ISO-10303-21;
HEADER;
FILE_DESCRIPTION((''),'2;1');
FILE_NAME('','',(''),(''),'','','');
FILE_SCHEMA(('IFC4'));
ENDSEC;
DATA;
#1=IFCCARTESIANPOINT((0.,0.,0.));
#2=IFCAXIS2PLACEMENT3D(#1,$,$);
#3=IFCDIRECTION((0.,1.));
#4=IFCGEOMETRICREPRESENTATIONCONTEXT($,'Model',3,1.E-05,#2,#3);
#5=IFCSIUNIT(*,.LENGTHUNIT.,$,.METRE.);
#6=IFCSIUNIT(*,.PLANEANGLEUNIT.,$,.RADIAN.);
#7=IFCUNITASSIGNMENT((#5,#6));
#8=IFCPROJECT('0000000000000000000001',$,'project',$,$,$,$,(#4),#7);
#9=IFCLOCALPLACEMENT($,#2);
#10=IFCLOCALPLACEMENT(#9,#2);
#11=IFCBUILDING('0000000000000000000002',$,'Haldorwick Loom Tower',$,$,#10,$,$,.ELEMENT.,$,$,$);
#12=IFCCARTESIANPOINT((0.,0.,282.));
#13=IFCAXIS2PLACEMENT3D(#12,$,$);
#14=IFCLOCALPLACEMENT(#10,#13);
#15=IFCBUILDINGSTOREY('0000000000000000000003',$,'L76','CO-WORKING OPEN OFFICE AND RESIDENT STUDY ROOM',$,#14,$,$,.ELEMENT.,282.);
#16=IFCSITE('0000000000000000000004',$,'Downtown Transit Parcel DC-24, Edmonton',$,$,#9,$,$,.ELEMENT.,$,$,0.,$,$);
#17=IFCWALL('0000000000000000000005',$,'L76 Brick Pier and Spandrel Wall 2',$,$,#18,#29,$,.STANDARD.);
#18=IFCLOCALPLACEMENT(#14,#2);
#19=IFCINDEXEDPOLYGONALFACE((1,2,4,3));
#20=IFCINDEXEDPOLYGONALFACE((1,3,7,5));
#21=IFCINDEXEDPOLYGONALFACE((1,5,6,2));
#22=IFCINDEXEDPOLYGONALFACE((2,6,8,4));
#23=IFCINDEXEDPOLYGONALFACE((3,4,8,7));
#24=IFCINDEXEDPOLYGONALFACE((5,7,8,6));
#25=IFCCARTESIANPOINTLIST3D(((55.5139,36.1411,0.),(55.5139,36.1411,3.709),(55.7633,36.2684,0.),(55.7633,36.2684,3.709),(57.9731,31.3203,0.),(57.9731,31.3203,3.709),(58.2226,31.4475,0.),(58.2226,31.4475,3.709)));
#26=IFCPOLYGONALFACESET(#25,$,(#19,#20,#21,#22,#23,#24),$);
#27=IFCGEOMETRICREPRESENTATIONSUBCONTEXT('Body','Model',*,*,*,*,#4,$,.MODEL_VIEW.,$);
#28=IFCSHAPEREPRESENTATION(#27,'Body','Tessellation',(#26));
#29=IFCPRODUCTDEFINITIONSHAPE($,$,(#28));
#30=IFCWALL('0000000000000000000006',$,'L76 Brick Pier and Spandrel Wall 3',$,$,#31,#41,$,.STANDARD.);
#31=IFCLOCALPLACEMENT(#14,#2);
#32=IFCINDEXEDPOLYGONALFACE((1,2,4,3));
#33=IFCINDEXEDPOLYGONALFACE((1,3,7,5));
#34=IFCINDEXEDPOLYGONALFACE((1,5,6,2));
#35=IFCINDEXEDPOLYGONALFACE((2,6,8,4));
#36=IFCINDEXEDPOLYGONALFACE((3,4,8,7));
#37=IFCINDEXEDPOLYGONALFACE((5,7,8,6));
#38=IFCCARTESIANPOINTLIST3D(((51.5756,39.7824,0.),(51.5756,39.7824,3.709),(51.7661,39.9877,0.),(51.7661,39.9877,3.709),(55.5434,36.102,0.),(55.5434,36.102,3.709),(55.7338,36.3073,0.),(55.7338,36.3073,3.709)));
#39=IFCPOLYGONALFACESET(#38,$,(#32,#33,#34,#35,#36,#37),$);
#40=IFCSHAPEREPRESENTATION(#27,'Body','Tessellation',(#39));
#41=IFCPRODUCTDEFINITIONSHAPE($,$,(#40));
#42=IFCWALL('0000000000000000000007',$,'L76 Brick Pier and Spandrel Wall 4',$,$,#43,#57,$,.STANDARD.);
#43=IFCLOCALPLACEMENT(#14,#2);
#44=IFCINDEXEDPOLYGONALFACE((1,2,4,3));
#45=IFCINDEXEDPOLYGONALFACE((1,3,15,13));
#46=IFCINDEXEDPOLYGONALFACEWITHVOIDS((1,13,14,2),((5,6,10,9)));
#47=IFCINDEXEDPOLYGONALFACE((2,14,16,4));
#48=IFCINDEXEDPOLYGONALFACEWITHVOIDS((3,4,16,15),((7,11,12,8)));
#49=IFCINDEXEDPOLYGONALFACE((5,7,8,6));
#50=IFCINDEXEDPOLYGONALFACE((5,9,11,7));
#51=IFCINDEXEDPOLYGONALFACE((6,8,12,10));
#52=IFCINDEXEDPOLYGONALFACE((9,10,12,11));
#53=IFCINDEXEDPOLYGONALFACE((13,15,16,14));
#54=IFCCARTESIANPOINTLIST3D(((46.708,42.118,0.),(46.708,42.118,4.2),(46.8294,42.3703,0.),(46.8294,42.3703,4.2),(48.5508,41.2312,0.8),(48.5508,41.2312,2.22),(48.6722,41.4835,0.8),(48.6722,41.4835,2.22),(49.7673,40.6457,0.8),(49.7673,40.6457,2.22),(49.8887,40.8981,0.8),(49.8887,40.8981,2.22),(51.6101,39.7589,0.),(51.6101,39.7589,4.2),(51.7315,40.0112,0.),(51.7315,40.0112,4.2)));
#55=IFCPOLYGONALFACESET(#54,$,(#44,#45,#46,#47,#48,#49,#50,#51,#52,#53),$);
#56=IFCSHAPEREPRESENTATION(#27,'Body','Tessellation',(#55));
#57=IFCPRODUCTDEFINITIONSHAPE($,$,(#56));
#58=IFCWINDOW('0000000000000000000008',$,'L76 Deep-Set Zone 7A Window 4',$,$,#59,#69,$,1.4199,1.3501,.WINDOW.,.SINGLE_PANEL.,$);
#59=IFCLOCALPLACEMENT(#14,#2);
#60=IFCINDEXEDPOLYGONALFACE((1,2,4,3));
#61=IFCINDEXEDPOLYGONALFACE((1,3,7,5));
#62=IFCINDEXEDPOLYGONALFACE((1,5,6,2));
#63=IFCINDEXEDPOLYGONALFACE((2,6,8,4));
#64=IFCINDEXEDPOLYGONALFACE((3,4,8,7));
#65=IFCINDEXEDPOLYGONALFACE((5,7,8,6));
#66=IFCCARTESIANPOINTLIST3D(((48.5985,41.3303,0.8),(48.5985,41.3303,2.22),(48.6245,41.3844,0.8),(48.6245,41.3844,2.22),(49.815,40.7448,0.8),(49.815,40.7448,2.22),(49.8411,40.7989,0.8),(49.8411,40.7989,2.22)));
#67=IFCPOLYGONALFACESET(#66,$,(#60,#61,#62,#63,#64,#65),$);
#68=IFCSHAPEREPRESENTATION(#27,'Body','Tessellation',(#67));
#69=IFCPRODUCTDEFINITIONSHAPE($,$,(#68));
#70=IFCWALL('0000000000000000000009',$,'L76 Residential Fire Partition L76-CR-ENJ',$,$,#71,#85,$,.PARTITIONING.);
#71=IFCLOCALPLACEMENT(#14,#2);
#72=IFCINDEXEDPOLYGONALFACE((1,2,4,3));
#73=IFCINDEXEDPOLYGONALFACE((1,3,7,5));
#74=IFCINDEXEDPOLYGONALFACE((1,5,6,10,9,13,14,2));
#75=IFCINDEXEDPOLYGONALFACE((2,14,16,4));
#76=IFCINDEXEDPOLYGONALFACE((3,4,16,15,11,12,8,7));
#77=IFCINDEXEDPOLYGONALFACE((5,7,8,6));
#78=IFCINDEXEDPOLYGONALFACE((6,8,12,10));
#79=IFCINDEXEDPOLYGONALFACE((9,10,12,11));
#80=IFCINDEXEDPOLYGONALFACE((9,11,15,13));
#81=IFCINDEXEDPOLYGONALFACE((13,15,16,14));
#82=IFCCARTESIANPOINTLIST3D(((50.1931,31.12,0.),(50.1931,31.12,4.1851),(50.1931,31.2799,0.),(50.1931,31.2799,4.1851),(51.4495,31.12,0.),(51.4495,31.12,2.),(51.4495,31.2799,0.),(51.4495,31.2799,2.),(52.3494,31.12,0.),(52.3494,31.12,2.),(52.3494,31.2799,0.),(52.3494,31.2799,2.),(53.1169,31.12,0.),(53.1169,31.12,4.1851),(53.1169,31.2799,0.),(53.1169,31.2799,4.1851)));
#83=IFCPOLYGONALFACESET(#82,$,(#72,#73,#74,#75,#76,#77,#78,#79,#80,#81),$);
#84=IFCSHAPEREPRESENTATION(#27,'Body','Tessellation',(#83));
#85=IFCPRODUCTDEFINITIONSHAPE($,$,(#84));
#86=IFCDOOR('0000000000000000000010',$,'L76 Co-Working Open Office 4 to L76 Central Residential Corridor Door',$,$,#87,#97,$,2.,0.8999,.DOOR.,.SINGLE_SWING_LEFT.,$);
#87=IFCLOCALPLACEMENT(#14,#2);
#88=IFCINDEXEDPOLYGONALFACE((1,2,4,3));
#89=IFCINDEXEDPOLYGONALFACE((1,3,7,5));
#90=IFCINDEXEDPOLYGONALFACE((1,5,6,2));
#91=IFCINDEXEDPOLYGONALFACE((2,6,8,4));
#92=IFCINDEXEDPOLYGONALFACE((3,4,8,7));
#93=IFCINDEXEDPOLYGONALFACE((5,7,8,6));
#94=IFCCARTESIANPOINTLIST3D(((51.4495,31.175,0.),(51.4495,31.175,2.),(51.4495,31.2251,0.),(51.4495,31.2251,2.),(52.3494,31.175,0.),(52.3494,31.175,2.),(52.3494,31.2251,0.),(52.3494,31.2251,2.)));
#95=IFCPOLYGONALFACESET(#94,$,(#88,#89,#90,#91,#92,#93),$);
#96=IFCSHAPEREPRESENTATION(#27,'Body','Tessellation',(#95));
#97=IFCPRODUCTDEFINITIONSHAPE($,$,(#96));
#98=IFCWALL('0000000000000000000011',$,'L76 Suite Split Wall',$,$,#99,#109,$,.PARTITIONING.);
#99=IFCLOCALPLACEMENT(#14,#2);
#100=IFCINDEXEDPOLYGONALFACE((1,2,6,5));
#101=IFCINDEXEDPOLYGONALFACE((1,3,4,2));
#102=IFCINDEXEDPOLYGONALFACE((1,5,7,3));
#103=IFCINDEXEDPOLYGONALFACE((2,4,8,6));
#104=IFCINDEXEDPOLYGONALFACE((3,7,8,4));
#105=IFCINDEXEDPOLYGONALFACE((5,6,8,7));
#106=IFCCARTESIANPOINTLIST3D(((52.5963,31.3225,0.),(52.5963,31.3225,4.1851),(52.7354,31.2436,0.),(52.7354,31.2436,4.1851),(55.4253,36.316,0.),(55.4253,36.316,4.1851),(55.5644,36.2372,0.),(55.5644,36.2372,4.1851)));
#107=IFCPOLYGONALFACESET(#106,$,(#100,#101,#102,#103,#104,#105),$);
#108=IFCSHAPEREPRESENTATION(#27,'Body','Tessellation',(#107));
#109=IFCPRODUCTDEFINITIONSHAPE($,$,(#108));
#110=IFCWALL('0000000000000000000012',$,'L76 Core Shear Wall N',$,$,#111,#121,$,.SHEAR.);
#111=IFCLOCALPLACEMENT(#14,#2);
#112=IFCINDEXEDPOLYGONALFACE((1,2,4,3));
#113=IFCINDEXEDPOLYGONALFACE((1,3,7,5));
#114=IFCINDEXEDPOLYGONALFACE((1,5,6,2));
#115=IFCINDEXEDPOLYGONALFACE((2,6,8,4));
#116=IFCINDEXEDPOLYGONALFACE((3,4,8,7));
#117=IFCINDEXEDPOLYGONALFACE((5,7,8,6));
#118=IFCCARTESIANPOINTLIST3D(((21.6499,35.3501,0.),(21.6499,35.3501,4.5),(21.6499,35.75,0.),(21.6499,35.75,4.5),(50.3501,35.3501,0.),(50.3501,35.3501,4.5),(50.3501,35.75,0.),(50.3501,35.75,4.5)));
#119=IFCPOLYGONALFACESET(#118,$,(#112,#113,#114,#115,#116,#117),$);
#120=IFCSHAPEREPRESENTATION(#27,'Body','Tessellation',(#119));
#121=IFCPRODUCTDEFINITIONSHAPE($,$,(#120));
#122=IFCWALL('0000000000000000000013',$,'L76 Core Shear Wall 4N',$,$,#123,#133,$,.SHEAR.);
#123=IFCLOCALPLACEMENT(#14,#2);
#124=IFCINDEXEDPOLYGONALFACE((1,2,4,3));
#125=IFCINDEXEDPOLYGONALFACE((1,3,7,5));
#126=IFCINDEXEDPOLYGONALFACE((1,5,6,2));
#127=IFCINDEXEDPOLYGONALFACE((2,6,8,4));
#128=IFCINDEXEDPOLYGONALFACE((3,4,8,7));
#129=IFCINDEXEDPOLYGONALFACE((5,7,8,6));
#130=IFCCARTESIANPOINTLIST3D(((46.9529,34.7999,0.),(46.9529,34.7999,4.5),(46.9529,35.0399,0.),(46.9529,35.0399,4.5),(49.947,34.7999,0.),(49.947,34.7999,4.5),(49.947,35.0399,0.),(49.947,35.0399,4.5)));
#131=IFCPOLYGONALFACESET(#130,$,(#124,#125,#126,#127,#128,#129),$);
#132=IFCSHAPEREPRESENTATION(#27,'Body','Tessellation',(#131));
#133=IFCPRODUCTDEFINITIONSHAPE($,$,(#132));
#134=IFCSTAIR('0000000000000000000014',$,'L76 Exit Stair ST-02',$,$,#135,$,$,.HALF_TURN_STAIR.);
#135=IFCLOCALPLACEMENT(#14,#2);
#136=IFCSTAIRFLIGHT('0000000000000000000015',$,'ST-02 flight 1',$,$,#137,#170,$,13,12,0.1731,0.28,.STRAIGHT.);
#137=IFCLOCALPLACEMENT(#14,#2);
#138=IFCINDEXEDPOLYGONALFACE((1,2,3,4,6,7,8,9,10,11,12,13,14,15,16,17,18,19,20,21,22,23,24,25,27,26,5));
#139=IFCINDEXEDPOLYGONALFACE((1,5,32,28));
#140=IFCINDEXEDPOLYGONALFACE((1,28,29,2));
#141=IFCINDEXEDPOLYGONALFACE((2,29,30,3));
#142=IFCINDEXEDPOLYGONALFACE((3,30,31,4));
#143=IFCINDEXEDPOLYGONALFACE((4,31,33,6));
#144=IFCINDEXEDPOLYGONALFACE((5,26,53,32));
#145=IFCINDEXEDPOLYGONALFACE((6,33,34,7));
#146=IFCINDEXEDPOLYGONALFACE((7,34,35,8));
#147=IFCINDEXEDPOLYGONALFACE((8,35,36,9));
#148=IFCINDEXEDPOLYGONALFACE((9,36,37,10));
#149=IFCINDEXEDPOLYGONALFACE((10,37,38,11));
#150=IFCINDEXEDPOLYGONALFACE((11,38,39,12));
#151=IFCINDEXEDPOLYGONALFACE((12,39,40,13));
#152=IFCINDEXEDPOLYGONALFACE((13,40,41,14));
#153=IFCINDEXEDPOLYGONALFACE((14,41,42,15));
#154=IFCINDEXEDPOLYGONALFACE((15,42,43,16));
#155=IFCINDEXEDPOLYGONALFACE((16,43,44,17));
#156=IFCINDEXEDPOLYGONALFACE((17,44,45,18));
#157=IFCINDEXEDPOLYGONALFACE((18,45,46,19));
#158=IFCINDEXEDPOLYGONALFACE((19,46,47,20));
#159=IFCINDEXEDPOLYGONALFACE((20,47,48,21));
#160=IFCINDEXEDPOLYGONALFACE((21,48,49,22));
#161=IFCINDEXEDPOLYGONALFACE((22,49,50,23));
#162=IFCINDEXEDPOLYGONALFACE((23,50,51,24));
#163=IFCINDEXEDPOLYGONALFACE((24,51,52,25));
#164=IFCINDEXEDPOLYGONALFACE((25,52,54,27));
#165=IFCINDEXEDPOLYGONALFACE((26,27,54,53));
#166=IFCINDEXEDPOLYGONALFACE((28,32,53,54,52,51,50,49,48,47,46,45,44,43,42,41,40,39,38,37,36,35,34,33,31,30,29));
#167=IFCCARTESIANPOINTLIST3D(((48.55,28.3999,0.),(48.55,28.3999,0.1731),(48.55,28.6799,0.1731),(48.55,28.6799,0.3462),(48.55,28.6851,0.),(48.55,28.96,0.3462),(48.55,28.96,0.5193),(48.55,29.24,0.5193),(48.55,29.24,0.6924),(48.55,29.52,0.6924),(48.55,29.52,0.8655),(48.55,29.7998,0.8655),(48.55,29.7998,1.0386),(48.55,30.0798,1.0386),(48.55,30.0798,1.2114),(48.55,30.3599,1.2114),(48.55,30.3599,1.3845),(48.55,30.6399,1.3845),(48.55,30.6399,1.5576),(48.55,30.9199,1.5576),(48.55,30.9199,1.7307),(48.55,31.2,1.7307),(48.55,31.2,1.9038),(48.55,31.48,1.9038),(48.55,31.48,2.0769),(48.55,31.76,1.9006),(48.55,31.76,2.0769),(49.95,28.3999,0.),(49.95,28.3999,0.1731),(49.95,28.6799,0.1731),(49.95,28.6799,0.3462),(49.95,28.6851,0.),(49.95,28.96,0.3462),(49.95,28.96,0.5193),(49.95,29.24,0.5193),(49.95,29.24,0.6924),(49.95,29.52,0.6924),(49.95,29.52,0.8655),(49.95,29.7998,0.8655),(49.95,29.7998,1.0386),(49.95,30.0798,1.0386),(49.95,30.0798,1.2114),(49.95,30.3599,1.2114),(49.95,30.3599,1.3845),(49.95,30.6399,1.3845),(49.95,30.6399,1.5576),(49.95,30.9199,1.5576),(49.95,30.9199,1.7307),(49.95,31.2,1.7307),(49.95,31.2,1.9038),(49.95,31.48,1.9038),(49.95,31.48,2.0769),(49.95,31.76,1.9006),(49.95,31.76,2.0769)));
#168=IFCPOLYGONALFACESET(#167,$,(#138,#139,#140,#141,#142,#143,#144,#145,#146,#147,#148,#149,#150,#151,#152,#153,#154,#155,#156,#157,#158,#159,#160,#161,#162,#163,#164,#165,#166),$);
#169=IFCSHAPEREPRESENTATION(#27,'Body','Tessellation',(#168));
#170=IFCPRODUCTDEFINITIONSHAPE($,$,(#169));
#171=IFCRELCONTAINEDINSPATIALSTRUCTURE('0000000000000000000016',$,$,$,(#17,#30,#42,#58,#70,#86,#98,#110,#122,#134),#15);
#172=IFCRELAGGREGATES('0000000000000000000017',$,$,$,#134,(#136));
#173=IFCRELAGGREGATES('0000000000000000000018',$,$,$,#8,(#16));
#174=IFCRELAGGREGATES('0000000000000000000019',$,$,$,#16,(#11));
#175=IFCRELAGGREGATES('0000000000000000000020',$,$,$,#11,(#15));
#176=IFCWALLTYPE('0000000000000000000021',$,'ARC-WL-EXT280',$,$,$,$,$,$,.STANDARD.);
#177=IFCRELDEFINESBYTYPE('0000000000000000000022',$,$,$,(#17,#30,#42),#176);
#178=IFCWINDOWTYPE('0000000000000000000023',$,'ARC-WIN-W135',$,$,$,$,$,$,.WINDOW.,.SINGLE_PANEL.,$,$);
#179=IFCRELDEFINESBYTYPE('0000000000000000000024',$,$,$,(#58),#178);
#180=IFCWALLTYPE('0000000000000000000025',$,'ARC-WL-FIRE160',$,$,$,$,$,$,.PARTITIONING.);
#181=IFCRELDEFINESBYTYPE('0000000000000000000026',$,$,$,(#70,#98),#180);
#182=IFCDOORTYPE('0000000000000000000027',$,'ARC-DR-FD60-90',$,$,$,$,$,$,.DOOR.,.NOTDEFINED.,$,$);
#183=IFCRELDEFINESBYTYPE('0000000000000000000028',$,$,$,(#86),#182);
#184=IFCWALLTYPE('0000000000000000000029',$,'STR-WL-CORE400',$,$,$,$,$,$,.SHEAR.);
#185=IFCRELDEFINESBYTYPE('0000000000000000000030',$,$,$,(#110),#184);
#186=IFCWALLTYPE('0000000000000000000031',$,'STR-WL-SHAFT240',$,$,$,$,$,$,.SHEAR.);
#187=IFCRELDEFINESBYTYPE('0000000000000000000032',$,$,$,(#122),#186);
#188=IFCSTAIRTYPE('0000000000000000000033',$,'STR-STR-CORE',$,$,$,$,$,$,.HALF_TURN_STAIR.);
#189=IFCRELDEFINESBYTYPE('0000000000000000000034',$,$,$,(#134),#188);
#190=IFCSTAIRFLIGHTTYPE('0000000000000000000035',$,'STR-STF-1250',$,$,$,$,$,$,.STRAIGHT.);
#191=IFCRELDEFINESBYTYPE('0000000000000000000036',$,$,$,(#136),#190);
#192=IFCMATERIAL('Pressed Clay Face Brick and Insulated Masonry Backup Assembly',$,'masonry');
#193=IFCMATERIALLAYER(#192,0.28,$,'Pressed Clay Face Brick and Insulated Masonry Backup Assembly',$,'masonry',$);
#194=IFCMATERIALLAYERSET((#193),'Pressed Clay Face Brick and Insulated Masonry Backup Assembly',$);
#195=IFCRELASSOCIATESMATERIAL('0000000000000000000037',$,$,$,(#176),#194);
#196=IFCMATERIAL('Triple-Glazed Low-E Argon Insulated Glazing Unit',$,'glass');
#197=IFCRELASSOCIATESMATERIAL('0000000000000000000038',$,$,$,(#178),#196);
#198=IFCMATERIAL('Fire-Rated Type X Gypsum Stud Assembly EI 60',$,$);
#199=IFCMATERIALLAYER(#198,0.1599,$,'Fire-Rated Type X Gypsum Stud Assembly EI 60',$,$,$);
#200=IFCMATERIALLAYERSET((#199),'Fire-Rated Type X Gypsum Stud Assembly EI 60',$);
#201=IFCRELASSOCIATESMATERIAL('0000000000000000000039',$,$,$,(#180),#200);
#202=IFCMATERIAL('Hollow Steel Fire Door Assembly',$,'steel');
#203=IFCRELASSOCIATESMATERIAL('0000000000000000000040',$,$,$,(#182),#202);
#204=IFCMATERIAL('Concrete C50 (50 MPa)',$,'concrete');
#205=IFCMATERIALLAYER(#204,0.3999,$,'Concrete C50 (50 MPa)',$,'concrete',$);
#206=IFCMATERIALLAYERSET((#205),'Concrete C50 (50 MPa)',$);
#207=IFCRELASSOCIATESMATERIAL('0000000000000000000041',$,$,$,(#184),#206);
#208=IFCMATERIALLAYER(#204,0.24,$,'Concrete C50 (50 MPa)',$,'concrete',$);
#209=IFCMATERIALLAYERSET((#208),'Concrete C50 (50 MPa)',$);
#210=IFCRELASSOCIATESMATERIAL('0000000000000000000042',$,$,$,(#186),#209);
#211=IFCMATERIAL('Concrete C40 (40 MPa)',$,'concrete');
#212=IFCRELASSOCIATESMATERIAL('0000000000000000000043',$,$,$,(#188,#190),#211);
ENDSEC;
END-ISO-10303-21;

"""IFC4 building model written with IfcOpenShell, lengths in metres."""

from ifc_helpers import new_model, si_unit, direction, frame, frame_2d, origin, place, context, subcontext, project, spatial, polyline, rectangle, outline, extrude, material, layer, layer_set, type_object, element, fill, aggregate, save


model = new_model("IFC4")

# Units and contexts
model_context = context("Model", 3, precision=1e-05, world=origin(), true_north=direction((0.0, 1.0)))
body_context = subcontext(model_context, "Body", "Model", "MODEL_VIEW")
ifc_project = project(units=[si_unit("LENGTHUNIT", "METRE"), si_unit("PLANEANGLEUNIT", "RADIAN")], contexts=[model_context])

# Site, building, storey
site_placement = place(None, origin())
site = spatial("IfcSite", under=ifc_project, at=site_placement, Name="Downtown Transit Parcel DC-24, Edmonton", CompositionType="ELEMENT", RefElevation=0.0)
building_placement = place(site_placement, origin())
building = spatial("IfcBuilding", under=site, at=building_placement, Name="Haldorwick Loom Tower", CompositionType="ELEMENT")
storey_placement = place(building_placement, frame((0.0, 0.0, 282.0)))
storey = spatial("IfcBuildingStorey", under=building, at=storey_placement, Name="L76", Description="CO-WORKING OPEN OFFICE AND RESIDENT STUDY ROOM", CompositionType="ELEMENT", Elevation=282.0)

# Shared definitions
ifc_material_1 = material(Name="Concrete C50 (50 MPa)", Category="concrete")

# Walls
ifc_material_2 = material(Name="Pressed Clay Face Brick and Insulated Masonry Backup Assembly", Category="masonry")
ifc_layer_1 = layer(ifc_material_2, 0.28, Name="Pressed Clay Face Brick and Insulated Masonry Backup Assembly", Category="masonry")
ifc_layer_set_1 = layer_set([ifc_layer_1], Name="Pressed Clay Face Brick and Insulated Masonry Backup Assembly")
wall_type_1 = type_object("IfcWallType", Name="ARC-WL-EXT280", PredefinedType="STANDARD", material=ifc_layer_set_1)
for number, where, z_axis, x_axis, name in (
    (1, (58.0979, 31.3838, 0.0), (0.0, 0.0, 1.0), (-0.454417, 0.890789, 0.0), "L76 Brick Pier and Spandrel Wall 2"),
    (2, (55.6387, 36.2046, 0.0), (0.0, 0.0, 1.0), (-0.733157, 0.68006, 0.0), "L76 Brick Pier and Spandrel Wall 3"),
):
    element("IfcWall", number, at=place(storey_placement, frame(where, z_axis=z_axis, x_axis=x_axis)), inside=storey, type_object=wall_type_1, Name=name, PredefinedType="STANDARD", context=body_context, shape_type="SweptSolid", body=[
        extrude(rectangle(XDim=5.4119, YDim=0.28, at=frame_2d((2.7061, 0.0))), origin(), (0.0, 0.0, 1.0), 3.709),
    ])

# Wall, opening, window
wall_1_placement = place(storey_placement, frame((51.6709, 39.885, 0.0), z_axis=(0.0, 0.0, 1.0), x_axis=(-0.901084, 0.433646, 0.0)))
wall_1 = element("IfcWall", 3, at=wall_1_placement, inside=storey, type_object=wall_type_1, Name="L76 Brick Pier and Spandrel Wall 4", PredefinedType="STANDARD", context=body_context, shape_type="SweptSolid", body=[
    extrude(rectangle(XDim=5.4402, YDim=0.28, at=frame_2d((2.7202, 0.0))), origin(), (0.0, 0.0, 1.0), 4.2),
])
opening_1_placement = place(wall_1_placement, frame((2.0452, 0.0, 0.8)))
opening_1 = element("IfcOpeningElement", 4, at=opening_1_placement, cuts=wall_1, PredefinedType="OPENING", context=body_context, shape_type="SweptSolid", body=[
    extrude(rectangle(XDim=1.3501, YDim=1.4199, at=frame_2d((0.675, 0.71))), frame((0.0, 0.1499, 0.0), z_axis=(0.0, -1.0, 0.0), x_axis=(1.0, 0.0, 0.0)), (0.0, 0.0, 1.0), 0.3),
])
ifc_material_3 = material(Name="Triple-Glazed Low-E Argon Insulated Glazing Unit", Category="glass")
window_type = type_object("IfcWindowType", Name="ARC-WIN-W135", PartitioningType="SINGLE_PANEL", PredefinedType="WINDOW", material=ifc_material_3)
window_placement = place(opening_1_placement, origin())
window = element("IfcWindow", 5, at=window_placement, inside=storey, type_object=window_type, Name="L76 Deep-Set Zone 7A Window 4", OverallHeight=1.4199, OverallWidth=1.3501, PartitioningType="SINGLE_PANEL", PredefinedType="WINDOW", context=body_context, shape_type="SweptSolid", body=[
    extrude(rectangle(XDim=1.3501, YDim=1.4199, at=frame_2d((0.675, 0.71))), frame((0.0, 0.03, 0.0), z_axis=(0.0, -1.0, 0.0), x_axis=(1.0, 0.0, 0.0)), (0.0, 0.0, 1.0), 0.0601),
])
fill(opening_1, window)

# Wall, opening, door
ifc_material_4 = material(Name="Fire-Rated Type X Gypsum Stud Assembly EI 60")
ifc_layer_2 = layer(ifc_material_4, 0.1599, Name="Fire-Rated Type X Gypsum Stud Assembly EI 60")
ifc_layer_set_2 = layer_set([ifc_layer_2], Name="Fire-Rated Type X Gypsum Stud Assembly EI 60")
wall_type_2 = type_object("IfcWallType", Name="ARC-WL-FIRE160", PredefinedType="PARTITIONING", material=ifc_layer_set_2)
wall_2_placement = place(storey_placement, frame((50.1931, 31.2, 0.0), z_axis=(0.0, 0.0, 1.0), x_axis=(1.0, 0.0, 0.0)))
wall_2 = element("IfcWall", 6, at=wall_2_placement, inside=storey, type_object=wall_type_2, Name="L76 Residential Fire Partition L76-CR-ENJ", PredefinedType="PARTITIONING", context=body_context, shape_type="SweptSolid", body=[
    extrude(rectangle(XDim=2.9238, YDim=0.1599, at=frame_2d((1.4619, 0.0))), origin(), (0.0, 0.0, 1.0), 4.1851),
])
opening_2_placement = place(wall_2_placement, frame((1.2563, 0.0, 0.0)))
opening_2 = element("IfcOpeningElement", 7, at=opening_2_placement, cuts=wall_2, PredefinedType="OPENING", context=body_context, shape_type="SweptSolid", body=[
    extrude(rectangle(XDim=0.8999, YDim=2.0, at=frame_2d((0.45, 1.0))), frame((0.0, 0.0898, 0.0), z_axis=(0.0, -1.0, 0.0), x_axis=(1.0, 0.0, 0.0)), (0.0, 0.0, 1.0), 0.1799),
])
ifc_material_5 = material(Name="Hollow Steel Fire Door Assembly", Category="steel")
door_type = type_object("IfcDoorType", Name="ARC-DR-FD60-90", OperationType="NOTDEFINED", PredefinedType="DOOR", material=ifc_material_5)
door_placement = place(opening_2_placement, frame((0.8999, 0.0, 0.0), z_axis=(0.0, 0.0, 1.0), x_axis=(-1.0, 0.0, 0.0)))
door = element("IfcDoor", 8, at=door_placement, inside=storey, type_object=door_type, Name="L76 Co-Working Open Office 4 to L76 Central Residential Corridor Door", OperationType="SINGLE_SWING_LEFT", OverallHeight=2.0, OverallWidth=0.8999, PredefinedType="DOOR", context=body_context, shape_type="SweptSolid", body=[
    extrude(rectangle(XDim=0.8999, YDim=2.0, at=frame_2d((0.45, 1.0))), frame((0.0, 0.0249, 0.0), z_axis=(0.0, -1.0, 0.0), x_axis=(1.0, 0.0, 0.0)), (0.0, 0.0, 1.0), 0.05),
])
fill(opening_2, door)

# Walls
wall_3_placement = place(storey_placement, frame((55.4949, 36.2766, 0.0), z_axis=(0.0, 0.0, 1.0), x_axis=(-0.492929, -0.87007, 0.0)))
element("IfcWall", 9, at=wall_3_placement, inside=storey, type_object=wall_type_2, Name="L76 Suite Split Wall", PredefinedType="PARTITIONING", context=body_context, shape_type="SweptSolid", body=[
    extrude(rectangle(XDim=5.7393, YDim=0.1599, at=frame_2d((2.8696, 0.0))), origin(), (0.0, 0.0, 1.0), 4.1851),
])
ifc_layer_3 = layer(ifc_material_1, 0.3999, Name="Concrete C50 (50 MPa)", Category="concrete")
ifc_layer_set_3 = layer_set([ifc_layer_3], Name="Concrete C50 (50 MPa)")
wall_type_3 = type_object("IfcWallType", Name="STR-WL-CORE400", PredefinedType="SHEAR", material=ifc_layer_set_3)
wall_4_placement = place(storey_placement, frame((50.3501, 35.55, 0.0), z_axis=(0.0, 0.0, 1.0), x_axis=(-1.0, 0.0, 0.0)))
element("IfcWall", 10, at=wall_4_placement, inside=storey, type_object=wall_type_3, Name="L76 Core Shear Wall N", PredefinedType="SHEAR", context=body_context, shape_type="SweptSolid", body=[
    extrude(rectangle(XDim=28.7002, YDim=0.3999, at=frame_2d((14.3501, 0.0))), origin(), (0.0, 0.0, 1.0), 4.5),
])
ifc_layer_4 = layer(ifc_material_1, 0.24, Name="Concrete C50 (50 MPa)", Category="concrete")
ifc_layer_set_4 = layer_set([ifc_layer_4], Name="Concrete C50 (50 MPa)")
wall_type_4 = type_object("IfcWallType", Name="STR-WL-SHAFT240", PredefinedType="SHEAR", material=ifc_layer_set_4)
wall_5_placement = place(storey_placement, frame((46.9529, 34.9199, 0.0), z_axis=(0.0, 0.0, 1.0), x_axis=(1.0, 0.0, 0.0)))
element("IfcWall", 11, at=wall_5_placement, inside=storey, type_object=wall_type_4, Name="L76 Core Shear Wall 4N", PredefinedType="SHEAR", context=body_context, shape_type="SweptSolid", body=[
    extrude(rectangle(XDim=2.9941, YDim=0.24, at=frame_2d((1.4971, 0.0))), origin(), (0.0, 0.0, 1.0), 4.5),
])

# Stair, stair flight
ifc_material_6 = material(Name="Concrete C40 (40 MPa)", Category="concrete")
stair_type = type_object("IfcStairType", Name="STR-STR-CORE", PredefinedType="HALF_TURN_STAIR", material=ifc_material_6)
stair_placement = place(storey_placement, origin())
stair = element("IfcStair", 12, at=stair_placement, inside=storey, type_object=stair_type, Name="L76 Exit Stair ST-02", PredefinedType="HALF_TURN_STAIR")
stair_flight_type = type_object("IfcStairFlightType", Name="STR-STF-1250", PredefinedType="STRAIGHT", material=ifc_material_6)
stair_flight_1_placement = place(storey_placement, frame((49.25, 28.3999, 0.0), z_axis=(0.0, 0.0, 1.0), x_axis=(0.0, 1.0, 0.0)))
stair_flight_1 = element("IfcStairFlight", 13, at=stair_flight_1_placement, type_object=stair_flight_type, Name="ST-02 flight 1", NumberOfRisers=13, NumberOfTreads=12, PredefinedType="STRAIGHT", RiserHeight=0.1731, TreadLength=0.28, context=body_context, shape_type="SweptSolid", body=[
    extrude(outline(polyline([(0.0, 0.0), (0.0, 0.1731), (0.28, 0.1731), (0.28, 0.3462), (0.5601, 0.3462), (0.5601, 0.5193), (0.8401, 0.5193), (0.8401, 0.6924), (1.1201, 0.6924), (1.1201, 0.8655), (1.3999, 0.8655), (1.3999, 1.0386), (1.6799, 1.0386), (1.6799, 1.2114), (1.96, 1.2114), (1.96, 1.3845), (2.24, 1.3845), (2.24, 1.5576), (2.52, 1.5576), (2.52, 1.7307), (2.8, 1.7307), (2.8, 1.9038), (3.0801, 1.9038), (3.0801, 2.0769), (3.3601, 2.0769), (3.3601, 2.25), (3.3601, 1.9006), (0.2852, 0.0), (0.0, 0.0)])), frame((0.0, 0.7, 0.0), z_axis=(0.0, -1.0, 0.0), x_axis=(1.0, 0.0, 0.0)), (0.0, 0.0, 1.0), 1.3999),
])
aggregate(stair, [stair_flight_1])

save(model, "model.ifc")
